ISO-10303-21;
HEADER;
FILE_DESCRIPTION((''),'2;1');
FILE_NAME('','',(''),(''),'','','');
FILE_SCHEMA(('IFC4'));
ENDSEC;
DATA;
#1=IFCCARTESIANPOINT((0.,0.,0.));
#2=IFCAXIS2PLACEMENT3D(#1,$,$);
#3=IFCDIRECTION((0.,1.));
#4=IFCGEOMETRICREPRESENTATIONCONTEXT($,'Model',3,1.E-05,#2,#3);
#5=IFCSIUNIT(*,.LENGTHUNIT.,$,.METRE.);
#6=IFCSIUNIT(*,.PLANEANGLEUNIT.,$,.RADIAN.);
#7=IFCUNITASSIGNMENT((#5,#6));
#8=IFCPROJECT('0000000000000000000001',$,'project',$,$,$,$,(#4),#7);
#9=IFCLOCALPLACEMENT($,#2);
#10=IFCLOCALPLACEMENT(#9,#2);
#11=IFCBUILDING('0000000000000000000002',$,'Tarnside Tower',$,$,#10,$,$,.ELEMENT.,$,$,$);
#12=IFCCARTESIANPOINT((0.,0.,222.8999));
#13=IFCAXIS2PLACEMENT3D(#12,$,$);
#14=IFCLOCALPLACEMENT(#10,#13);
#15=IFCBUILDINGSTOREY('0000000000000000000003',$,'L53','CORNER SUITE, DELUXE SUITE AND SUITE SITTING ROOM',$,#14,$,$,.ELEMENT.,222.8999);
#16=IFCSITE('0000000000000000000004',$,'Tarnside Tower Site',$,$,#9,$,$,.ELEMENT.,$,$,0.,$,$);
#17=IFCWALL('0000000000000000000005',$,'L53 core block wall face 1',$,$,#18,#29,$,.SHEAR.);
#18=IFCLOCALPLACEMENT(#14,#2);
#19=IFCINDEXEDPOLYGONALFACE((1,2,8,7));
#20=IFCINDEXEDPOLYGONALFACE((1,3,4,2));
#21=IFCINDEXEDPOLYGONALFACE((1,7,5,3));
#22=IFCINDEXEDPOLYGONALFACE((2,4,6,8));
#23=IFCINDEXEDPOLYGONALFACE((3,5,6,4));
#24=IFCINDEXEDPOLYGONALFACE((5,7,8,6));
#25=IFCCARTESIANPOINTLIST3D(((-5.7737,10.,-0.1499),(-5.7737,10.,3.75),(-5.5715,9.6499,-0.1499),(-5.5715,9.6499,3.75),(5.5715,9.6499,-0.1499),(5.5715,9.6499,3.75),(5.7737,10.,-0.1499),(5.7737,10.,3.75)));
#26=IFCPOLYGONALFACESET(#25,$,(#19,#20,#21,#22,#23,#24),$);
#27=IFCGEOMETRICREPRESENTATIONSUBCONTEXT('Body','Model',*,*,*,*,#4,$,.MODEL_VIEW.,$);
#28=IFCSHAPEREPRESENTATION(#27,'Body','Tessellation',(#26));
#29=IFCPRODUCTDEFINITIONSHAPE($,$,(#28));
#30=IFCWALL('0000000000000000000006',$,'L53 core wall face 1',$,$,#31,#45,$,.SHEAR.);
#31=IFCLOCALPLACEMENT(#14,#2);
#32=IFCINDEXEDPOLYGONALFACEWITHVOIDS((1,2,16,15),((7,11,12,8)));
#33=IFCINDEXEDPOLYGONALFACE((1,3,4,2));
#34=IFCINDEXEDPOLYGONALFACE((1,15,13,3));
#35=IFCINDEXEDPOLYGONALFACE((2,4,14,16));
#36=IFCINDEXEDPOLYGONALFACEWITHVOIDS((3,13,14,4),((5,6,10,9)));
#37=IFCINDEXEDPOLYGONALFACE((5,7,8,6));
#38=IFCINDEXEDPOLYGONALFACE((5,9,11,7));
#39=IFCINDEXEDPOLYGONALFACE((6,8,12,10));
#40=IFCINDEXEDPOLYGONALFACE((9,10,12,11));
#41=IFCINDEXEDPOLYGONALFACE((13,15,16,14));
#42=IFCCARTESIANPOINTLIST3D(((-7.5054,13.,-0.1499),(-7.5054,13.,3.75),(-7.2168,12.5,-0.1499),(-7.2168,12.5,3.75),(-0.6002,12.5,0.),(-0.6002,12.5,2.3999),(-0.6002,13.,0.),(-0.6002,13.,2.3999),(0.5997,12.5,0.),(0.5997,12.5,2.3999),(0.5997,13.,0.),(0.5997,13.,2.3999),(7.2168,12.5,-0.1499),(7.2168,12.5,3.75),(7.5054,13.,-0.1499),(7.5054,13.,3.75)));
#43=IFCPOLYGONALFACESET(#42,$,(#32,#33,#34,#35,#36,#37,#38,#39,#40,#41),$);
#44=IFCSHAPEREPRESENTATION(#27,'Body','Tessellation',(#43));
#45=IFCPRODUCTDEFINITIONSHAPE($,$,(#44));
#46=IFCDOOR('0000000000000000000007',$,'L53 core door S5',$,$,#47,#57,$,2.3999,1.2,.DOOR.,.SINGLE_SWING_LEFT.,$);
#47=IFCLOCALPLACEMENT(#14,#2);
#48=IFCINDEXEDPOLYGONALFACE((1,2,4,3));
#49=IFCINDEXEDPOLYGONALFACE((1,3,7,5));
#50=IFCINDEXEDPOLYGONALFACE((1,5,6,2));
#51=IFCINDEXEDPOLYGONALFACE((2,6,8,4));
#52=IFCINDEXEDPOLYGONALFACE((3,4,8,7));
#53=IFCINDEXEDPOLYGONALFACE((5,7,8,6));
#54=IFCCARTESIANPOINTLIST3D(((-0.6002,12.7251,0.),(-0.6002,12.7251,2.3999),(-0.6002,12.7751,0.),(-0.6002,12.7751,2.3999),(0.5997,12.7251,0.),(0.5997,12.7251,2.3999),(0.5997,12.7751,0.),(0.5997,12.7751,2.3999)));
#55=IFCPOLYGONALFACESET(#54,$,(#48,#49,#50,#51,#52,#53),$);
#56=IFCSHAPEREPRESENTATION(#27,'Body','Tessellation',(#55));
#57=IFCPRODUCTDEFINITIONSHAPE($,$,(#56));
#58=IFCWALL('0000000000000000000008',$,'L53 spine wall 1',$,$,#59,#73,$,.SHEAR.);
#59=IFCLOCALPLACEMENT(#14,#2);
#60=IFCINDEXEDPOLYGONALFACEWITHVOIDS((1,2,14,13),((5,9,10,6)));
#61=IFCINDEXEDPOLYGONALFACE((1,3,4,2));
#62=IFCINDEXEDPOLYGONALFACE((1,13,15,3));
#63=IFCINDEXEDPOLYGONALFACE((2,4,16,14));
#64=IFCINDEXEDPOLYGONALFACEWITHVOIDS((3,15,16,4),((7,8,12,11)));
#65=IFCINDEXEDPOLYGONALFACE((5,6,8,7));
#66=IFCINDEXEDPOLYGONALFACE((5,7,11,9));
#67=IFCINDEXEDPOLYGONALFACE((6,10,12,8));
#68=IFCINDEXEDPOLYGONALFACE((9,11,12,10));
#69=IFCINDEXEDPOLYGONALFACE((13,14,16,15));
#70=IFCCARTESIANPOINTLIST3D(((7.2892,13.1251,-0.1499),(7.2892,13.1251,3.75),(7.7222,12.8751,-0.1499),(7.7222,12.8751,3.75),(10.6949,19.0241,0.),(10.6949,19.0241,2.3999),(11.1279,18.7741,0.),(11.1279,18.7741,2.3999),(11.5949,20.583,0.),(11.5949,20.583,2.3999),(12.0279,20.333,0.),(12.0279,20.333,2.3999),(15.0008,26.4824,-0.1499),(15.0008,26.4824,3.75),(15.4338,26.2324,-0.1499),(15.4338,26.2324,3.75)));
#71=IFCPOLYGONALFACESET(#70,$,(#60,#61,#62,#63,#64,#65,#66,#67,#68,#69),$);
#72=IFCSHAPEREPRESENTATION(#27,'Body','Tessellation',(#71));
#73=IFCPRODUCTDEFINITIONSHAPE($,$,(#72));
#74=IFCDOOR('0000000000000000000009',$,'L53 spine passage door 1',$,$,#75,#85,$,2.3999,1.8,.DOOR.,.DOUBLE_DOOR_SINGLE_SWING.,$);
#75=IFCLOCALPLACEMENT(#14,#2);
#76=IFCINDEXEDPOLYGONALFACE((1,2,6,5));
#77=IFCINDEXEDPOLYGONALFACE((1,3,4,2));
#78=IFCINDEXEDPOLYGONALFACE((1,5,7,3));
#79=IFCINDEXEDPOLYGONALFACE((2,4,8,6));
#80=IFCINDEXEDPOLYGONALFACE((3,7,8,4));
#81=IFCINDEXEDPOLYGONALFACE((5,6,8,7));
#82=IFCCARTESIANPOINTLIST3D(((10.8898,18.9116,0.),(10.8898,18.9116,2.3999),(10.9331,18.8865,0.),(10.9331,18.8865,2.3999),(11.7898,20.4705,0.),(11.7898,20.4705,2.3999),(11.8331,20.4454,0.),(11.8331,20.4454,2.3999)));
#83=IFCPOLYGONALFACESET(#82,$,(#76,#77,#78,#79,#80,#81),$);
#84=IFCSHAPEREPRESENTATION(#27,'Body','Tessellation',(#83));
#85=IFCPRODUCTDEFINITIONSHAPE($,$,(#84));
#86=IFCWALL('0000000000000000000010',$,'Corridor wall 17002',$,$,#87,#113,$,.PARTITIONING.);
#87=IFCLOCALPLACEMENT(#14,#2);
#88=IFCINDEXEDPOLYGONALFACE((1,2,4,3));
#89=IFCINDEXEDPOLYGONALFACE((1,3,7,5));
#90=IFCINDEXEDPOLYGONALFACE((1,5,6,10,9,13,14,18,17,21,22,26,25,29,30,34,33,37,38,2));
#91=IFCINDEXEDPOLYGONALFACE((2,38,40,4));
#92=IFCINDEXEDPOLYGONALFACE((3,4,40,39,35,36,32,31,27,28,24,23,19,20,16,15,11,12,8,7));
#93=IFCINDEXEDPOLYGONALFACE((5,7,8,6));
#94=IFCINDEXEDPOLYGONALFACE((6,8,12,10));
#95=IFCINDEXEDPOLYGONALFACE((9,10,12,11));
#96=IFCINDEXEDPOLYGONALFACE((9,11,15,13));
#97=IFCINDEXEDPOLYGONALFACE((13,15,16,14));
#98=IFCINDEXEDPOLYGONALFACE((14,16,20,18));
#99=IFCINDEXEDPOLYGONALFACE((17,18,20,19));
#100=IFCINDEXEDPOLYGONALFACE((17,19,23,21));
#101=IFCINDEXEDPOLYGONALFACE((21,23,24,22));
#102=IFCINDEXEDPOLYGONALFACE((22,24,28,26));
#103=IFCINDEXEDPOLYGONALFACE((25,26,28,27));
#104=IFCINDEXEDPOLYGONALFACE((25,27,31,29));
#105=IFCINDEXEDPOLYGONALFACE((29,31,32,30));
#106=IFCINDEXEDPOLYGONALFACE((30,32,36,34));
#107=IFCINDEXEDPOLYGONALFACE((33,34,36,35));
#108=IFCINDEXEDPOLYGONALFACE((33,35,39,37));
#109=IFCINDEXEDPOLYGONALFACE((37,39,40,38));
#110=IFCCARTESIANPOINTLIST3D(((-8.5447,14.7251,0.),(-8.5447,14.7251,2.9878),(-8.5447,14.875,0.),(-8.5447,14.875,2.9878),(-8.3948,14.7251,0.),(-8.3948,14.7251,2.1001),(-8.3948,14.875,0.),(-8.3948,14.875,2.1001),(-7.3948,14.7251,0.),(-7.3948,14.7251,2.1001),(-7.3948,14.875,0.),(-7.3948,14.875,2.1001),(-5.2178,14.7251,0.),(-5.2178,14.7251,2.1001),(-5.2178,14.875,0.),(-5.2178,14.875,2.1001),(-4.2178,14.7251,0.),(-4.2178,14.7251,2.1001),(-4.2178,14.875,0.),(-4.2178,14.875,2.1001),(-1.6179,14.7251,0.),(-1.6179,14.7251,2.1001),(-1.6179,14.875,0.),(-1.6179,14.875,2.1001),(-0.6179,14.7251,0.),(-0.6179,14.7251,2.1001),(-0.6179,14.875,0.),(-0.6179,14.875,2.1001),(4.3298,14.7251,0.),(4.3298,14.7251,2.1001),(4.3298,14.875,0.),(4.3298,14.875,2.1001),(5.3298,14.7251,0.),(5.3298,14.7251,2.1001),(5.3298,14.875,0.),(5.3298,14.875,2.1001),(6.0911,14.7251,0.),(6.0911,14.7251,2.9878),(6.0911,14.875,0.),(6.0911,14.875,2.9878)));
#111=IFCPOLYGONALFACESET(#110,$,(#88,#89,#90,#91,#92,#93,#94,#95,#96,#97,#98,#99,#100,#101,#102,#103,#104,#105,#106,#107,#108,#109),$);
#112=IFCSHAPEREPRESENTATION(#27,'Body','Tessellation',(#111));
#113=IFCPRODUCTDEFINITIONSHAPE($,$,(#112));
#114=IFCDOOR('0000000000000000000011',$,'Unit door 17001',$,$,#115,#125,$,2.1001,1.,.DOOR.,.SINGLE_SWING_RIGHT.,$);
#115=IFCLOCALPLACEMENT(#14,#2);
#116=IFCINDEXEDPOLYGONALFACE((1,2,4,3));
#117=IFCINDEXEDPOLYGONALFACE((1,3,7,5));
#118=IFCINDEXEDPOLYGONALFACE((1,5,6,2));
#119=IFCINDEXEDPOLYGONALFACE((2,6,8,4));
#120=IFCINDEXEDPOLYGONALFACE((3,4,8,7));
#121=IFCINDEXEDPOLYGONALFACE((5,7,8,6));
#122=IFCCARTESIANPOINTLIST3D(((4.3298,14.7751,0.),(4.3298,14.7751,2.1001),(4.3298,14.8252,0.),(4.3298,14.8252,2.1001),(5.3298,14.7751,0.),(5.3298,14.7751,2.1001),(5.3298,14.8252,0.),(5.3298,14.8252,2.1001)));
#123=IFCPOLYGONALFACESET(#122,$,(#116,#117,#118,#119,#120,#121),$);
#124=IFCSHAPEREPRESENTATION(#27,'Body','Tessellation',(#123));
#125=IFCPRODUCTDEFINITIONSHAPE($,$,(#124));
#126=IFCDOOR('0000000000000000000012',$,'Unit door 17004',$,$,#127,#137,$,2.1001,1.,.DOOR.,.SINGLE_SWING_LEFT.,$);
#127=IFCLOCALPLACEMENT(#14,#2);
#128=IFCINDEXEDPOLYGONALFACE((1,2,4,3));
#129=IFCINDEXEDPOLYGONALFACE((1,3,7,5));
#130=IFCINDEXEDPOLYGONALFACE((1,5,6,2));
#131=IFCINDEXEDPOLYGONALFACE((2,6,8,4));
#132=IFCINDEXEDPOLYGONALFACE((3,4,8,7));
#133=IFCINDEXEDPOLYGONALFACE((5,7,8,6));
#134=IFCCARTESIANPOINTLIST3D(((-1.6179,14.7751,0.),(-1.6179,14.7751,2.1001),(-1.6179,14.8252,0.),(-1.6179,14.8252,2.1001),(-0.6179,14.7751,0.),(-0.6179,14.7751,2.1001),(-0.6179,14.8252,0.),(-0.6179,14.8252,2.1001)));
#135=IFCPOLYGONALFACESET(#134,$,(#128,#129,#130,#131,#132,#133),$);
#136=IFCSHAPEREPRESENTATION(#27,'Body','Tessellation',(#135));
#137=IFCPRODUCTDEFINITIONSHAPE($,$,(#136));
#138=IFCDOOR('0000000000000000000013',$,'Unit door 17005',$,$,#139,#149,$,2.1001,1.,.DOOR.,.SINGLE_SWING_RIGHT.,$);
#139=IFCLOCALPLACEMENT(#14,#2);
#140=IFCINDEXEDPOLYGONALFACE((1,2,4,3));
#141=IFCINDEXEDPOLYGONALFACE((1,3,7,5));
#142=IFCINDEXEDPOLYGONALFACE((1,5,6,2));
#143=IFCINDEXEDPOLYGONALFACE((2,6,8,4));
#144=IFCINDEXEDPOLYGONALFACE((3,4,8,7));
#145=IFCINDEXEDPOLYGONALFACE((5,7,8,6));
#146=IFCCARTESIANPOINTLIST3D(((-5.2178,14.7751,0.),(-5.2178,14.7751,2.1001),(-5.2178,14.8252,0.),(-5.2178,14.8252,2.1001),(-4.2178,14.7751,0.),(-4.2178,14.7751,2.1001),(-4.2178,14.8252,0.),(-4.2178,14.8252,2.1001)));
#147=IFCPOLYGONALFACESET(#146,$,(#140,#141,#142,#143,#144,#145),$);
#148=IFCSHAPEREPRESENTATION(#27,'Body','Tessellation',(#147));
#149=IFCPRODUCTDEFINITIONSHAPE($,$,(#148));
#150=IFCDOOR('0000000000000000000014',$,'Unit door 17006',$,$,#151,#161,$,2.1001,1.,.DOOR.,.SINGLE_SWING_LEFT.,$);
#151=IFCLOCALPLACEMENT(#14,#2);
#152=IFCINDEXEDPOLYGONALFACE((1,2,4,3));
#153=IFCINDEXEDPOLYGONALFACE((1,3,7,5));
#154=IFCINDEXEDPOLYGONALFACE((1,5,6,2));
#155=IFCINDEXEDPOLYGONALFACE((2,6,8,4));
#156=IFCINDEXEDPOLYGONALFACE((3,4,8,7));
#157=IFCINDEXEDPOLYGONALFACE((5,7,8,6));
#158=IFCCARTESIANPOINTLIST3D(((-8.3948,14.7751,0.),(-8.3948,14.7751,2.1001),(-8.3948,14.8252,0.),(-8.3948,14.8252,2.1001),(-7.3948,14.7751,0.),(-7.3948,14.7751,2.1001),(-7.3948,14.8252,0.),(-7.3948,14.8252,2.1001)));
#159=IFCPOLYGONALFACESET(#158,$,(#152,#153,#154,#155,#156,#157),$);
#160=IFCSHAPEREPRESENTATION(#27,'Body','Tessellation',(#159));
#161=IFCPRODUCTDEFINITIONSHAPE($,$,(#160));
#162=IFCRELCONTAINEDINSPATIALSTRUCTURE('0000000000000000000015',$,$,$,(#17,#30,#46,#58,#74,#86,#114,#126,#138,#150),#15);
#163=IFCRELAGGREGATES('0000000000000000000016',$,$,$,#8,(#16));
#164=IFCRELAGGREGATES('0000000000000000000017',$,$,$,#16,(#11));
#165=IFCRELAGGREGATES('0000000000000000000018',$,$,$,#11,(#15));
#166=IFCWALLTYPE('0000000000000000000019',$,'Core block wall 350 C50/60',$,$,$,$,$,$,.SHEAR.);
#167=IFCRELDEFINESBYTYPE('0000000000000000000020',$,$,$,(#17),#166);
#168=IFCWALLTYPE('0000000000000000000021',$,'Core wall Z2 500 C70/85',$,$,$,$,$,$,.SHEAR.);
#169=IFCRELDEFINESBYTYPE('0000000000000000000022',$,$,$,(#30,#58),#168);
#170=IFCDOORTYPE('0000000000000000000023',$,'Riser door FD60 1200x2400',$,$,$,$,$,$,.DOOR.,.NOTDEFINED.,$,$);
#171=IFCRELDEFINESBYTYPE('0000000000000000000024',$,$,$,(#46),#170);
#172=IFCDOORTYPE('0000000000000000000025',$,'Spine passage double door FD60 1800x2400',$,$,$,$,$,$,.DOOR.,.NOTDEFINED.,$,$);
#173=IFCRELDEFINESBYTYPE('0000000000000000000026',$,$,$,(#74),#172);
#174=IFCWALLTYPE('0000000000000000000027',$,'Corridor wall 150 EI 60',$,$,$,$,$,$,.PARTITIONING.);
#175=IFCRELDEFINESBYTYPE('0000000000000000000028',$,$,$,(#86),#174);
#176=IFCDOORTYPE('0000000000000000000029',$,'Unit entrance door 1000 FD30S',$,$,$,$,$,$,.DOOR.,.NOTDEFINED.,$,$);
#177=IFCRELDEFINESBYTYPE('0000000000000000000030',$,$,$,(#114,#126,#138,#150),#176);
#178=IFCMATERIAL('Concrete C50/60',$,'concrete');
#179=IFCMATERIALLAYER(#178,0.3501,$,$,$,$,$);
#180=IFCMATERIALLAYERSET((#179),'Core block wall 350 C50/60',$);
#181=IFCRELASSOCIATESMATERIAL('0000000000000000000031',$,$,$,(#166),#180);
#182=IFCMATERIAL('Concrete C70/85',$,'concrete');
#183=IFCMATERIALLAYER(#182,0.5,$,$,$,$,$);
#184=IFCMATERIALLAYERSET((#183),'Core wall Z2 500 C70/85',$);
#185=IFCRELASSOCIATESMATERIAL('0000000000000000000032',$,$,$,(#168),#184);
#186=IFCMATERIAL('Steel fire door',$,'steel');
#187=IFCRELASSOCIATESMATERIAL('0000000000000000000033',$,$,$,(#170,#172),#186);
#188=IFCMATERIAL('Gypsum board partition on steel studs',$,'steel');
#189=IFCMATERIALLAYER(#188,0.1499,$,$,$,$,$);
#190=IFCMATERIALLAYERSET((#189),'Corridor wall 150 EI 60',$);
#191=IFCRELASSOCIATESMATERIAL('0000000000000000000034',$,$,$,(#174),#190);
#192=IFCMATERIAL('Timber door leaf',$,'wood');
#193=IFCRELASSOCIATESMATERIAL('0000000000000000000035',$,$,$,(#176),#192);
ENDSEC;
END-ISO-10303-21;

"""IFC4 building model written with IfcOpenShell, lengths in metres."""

from ifc_helpers import new_model, si_unit, direction, frame, frame_2d, origin, place, context, subcontext, project, spatial, polyline, rectangle, outline, extrude, material, layer, layer_set, type_object, element, fill, save


model = new_model("IFC4")

# Units and contexts
model_context = context("Model", 3, precision=1e-05, world=origin(), true_north=direction((0.0, 1.0)))
body_context = subcontext(model_context, "Body", "Model", "MODEL_VIEW")
ifc_project = project(units=[si_unit("LENGTHUNIT", "METRE"), si_unit("PLANEANGLEUNIT", "RADIAN")], contexts=[model_context])

# Site, building, storey
site_placement = place(None, origin())
site = spatial("IfcSite", under=ifc_project, at=site_placement, Name="Tarnside Tower Site", CompositionType="ELEMENT", RefElevation=0.0)
building_placement = place(site_placement, origin())
building = spatial("IfcBuilding", under=site, at=building_placement, Name="Tarnside Tower", CompositionType="ELEMENT")
storey_placement = place(building_placement, frame((0.0, 0.0, 222.8999)))
storey = spatial("IfcBuildingStorey", under=building, at=storey_placement, Name="L53", Description="CORNER SUITE, DELUXE SUITE AND SUITE SITTING ROOM", CompositionType="ELEMENT", Elevation=222.8999)

# Wall
ifc_material_1 = material(Name="Concrete C50/60", Category="concrete")
ifc_layer_1 = layer(ifc_material_1, 0.3501)
ifc_layer_set_1 = layer_set([ifc_layer_1], Name="Core block wall 350 C50/60")
wall_type_1 = type_object("IfcWallType", Name="Core block wall 350 C50/60", PredefinedType="SHEAR", material=ifc_layer_set_1)
wall_1_placement = place(storey_placement, frame((5.6726, 9.825, -0.1499), z_axis=(0.0, 0.0, 1.0), x_axis=(-1.0, 0.0, 0.0)))
element("IfcWall", 1, at=wall_1_placement, inside=storey, type_object=wall_type_1, Name="L53 core block wall face 1", PredefinedType="SHEAR", context=body_context, shape_type="SweptSolid", body=[
    extrude(outline(polyline([(-0.1011, -0.175), (11.4463, -0.175), (11.2441, 0.175), (0.1011, 0.175), (-0.1011, -0.175)])), origin(), (0.0, 0.0, 1.0), 3.8999),
])

# Walls, openings, doors
ifc_material_2 = material(Name="Concrete C70/85", Category="concrete")
ifc_layer_2 = layer(ifc_material_2, 0.5)
ifc_layer_set_2 = layer_set([ifc_layer_2], Name="Core wall Z2 500 C70/85")
wall_type_2 = type_object("IfcWallType", Name="Core wall Z2 500 C70/85", PredefinedType="SHEAR", material=ifc_layer_set_2)
wall_2_placement = place(storey_placement, frame((7.3611, 12.75, -0.1499), z_axis=(0.0, 0.0, 1.0), x_axis=(-1.0, 0.0, 0.0)))
wall_2 = element("IfcWall", 2, at=wall_2_placement, inside=storey, type_object=wall_type_2, Name="L53 core wall face 1", PredefinedType="SHEAR", context=body_context, shape_type="SweptSolid", body=[
    extrude(outline(polyline([(-0.1443, -0.25), (14.8665, -0.25), (14.5779, 0.25), (0.1443, 0.25), (-0.1443, -0.25)])), origin(), (0.0, 0.0, 1.0), 3.8999),
])
opening_1_placement = place(wall_2_placement, frame((6.7612, 0.0, 0.1499)))
opening_1 = element("IfcOpeningElement", 3, at=opening_1_placement, cuts=wall_2, PredefinedType="OPENING", context=body_context, shape_type="SweptSolid", body=[
    extrude(rectangle(XDim=1.2, YDim=2.3999, at=frame_2d((0.6001, 1.2))), frame((0.0, 0.26, 0.0), z_axis=(0.0, -1.0, 0.0), x_axis=(1.0, 0.0, 0.0)), (0.0, 0.0, 1.0), 0.52),
])
ifc_material_3 = material(Name="Steel fire door", Category="steel")
door_type_1 = type_object("IfcDoorType", Name="Riser door FD60 1200x2400", OperationType="NOTDEFINED", PredefinedType="DOOR", material=ifc_material_3)
door_1_placement = place(opening_1_placement, origin())
door_1 = element("IfcDoor", 4, at=door_1_placement, inside=storey, type_object=door_type_1, Name="L53 core door S5", OperationType="SINGLE_SWING_LEFT", OverallHeight=2.3999, OverallWidth=1.2, PredefinedType="DOOR", context=body_context, shape_type="SweptSolid", body=[
    extrude(rectangle(XDim=1.2, YDim=2.3999, at=frame_2d((0.6001, 1.2))), frame((0.0, 0.0249, 0.0), z_axis=(0.0, -1.0, 0.0), x_axis=(1.0, 0.0, 0.0)), (0.0, 0.0, 1.0), 0.05),
])
fill(opening_1, door_1)
wall_3_placement = place(storey_placement, frame((7.5056, 13.0, -0.1499), z_axis=(0.0, 0.0, 1.0), x_axis=(0.499988, 0.866032, 0.0)))
wall_3 = element("IfcWall", 5, at=wall_3_placement, inside=storey, type_object=wall_type_2, Name="L53 spine wall 1", PredefinedType="SHEAR", context=body_context, shape_type="SweptSolid", body=[
    extrude(rectangle(XDim=15.4236, YDim=0.5, at=frame_2d((7.7119, 0.0))), origin(), (0.0, 0.0, 1.0), 3.8999),
])
opening_2_placement = place(wall_3_placement, frame((6.8118, 0.0, 0.1499)))
opening_2 = element("IfcOpeningElement", 6, at=opening_2_placement, cuts=wall_3, PredefinedType="OPENING", context=body_context, shape_type="SweptSolid", body=[
    extrude(rectangle(XDim=1.8, YDim=2.3999, at=frame_2d((0.8999, 1.2))), frame((0.0, 0.26, 0.0), z_axis=(0.0, -1.0, 0.0), x_axis=(1.0, 0.0, 0.0)), (0.0, 0.0, 1.0), 0.52),
])
door_type_2 = type_object("IfcDoorType", Name="Spine passage double door FD60 1800x2400", OperationType="NOTDEFINED", PredefinedType="DOOR", material=ifc_material_3)
door_2_placement = place(opening_2_placement, origin())
door_2 = element("IfcDoor", 7, at=door_2_placement, inside=storey, type_object=door_type_2, Name="L53 spine passage door 1", OperationType="DOUBLE_DOOR_SINGLE_SWING", OverallHeight=2.3999, OverallWidth=1.8, PredefinedType="DOOR", context=body_context, shape_type="SweptSolid", body=[
    extrude(rectangle(XDim=1.8, YDim=2.3999, at=frame_2d((0.8999, 1.2))), frame((0.0, 0.0249, 0.0), z_axis=(0.0, -1.0, 0.0), x_axis=(1.0, 0.0, 0.0)), (0.0, 0.0, 1.0), 0.05),
])
fill(opening_2, door_2)

# Wall, openings, doors
ifc_material_4 = material(Name="Gypsum board partition on steel studs", Category="steel")
ifc_layer_3 = layer(ifc_material_4, 0.1499)
ifc_layer_set_3 = layer_set([ifc_layer_3], Name="Corridor wall 150 EI 60")
wall_type_3 = type_object("IfcWallType", Name="Corridor wall 150 EI 60", PredefinedType="PARTITIONING", material=ifc_layer_set_3)
wall_4_placement = place(storey_placement, frame((6.0911, 14.8, 0.0), z_axis=(0.0, 0.0, 1.0), x_axis=(-1.0, 0.0, 0.0)))
wall_4 = element("IfcWall", 8, at=wall_4_placement, inside=storey, type_object=wall_type_3, Name="Corridor wall 17002", PredefinedType="PARTITIONING", context=body_context, shape_type="SweptSolid", body=[
    extrude(rectangle(XDim=14.6357, YDim=0.1499, at=frame_2d((7.3179, 0.0))), origin(), (0.0, 0.0, 1.0), 2.9878),
])
opening_3_placement = place(wall_4_placement, frame((0.7612, 0.0, 0.0)))
opening_3 = element("IfcOpeningElement", 9, at=opening_3_placement, cuts=wall_4, PredefinedType="OPENING", context=body_context, shape_type="SweptSolid", body=[
    extrude(rectangle(XDim=1.0, YDim=2.1001, at=frame_2d((0.5, 1.05))), frame((0.0, 0.085, 0.0), z_axis=(0.0, -1.0, 0.0), x_axis=(1.0, 0.0, 0.0)), (0.0, 0.0, 1.0), 0.1699),
])
opening_4_placement = place(wall_4_placement, frame((6.709, 0.0, 0.0)))
opening_4 = element("IfcOpeningElement", 10, at=opening_4_placement, cuts=wall_4, PredefinedType="OPENING", context=body_context, shape_type="SweptSolid", body=[
    extrude(rectangle(XDim=1.0, YDim=2.1001, at=frame_2d((0.5, 1.05))), frame((0.0, 0.085, 0.0), z_axis=(0.0, -1.0, 0.0), x_axis=(1.0, 0.0, 0.0)), (0.0, 0.0, 1.0), 0.1699),
])
opening_5_placement = place(wall_4_placement, frame((10.3088, 0.0, 0.0)))
opening_5 = element("IfcOpeningElement", 11, at=opening_5_placement, cuts=wall_4, PredefinedType="OPENING", context=body_context, shape_type="SweptSolid", body=[
    extrude(rectangle(XDim=1.0, YDim=2.1001, at=frame_2d((0.5, 1.05))), frame((0.0, 0.085, 0.0), z_axis=(0.0, -1.0, 0.0), x_axis=(1.0, 0.0, 0.0)), (0.0, 0.0, 1.0), 0.1699),
])
opening_6_placement = place(wall_4_placement, frame((13.4858, 0.0, 0.0)))
opening_6 = element("IfcOpeningElement", 12, at=opening_6_placement, cuts=wall_4, PredefinedType="OPENING", context=body_context, shape_type="SweptSolid", body=[
    extrude(rectangle(XDim=1.0, YDim=2.1001, at=frame_2d((0.5, 1.05))), frame((0.0, 0.085, 0.0), z_axis=(0.0, -1.0, 0.0), x_axis=(1.0, 0.0, 0.0)), (0.0, 0.0, 1.0), 0.1699),
])
ifc_material_5 = material(Name="Timber door leaf", Category="wood")
door_type_3 = type_object("IfcDoorType", Name="Unit entrance door 1000 FD30S", OperationType="NOTDEFINED", PredefinedType="DOOR", material=ifc_material_5)
door_3_placement = place(opening_3_placement, origin())
door_3 = element("IfcDoor", 13, at=door_3_placement, inside=storey, type_object=door_type_3, Name="Unit door 17001", OperationType="SINGLE_SWING_RIGHT", OverallHeight=2.1001, OverallWidth=1.0, PredefinedType="DOOR", context=body_context, shape_type="SweptSolid", body=[
    extrude(rectangle(XDim=1.0, YDim=2.1001, at=frame_2d((0.5, 1.05))), frame((0.0, 0.0249, 0.0), z_axis=(0.0, -1.0, 0.0), x_axis=(1.0, 0.0, 0.0)), (0.0, 0.0, 1.0), 0.05),
])
fill(opening_3, door_3)
door_4_placement = place(opening_4_placement, origin())
door_4 = element("IfcDoor", 14, at=door_4_placement, inside=storey, type_object=door_type_3, Name="Unit door 17004", OperationType="SINGLE_SWING_LEFT", OverallHeight=2.1001, OverallWidth=1.0, PredefinedType="DOOR", context=body_context, shape_type="SweptSolid", body=[
    extrude(rectangle(XDim=1.0, YDim=2.1001, at=frame_2d((0.5, 1.05))), frame((0.0, 0.0249, 0.0), z_axis=(0.0, -1.0, 0.0), x_axis=(1.0, 0.0, 0.0)), (0.0, 0.0, 1.0), 0.05),
])
fill(opening_4, door_4)
door_5_placement = place(opening_5_placement, origin())
door_5 = element("IfcDoor", 15, at=door_5_placement, inside=storey, type_object=door_type_3, Name="Unit door 17005", OperationType="SINGLE_SWING_RIGHT", OverallHeight=2.1001, OverallWidth=1.0, PredefinedType="DOOR", context=body_context, shape_type="SweptSolid", body=[
    extrude(rectangle(XDim=1.0, YDim=2.1001, at=frame_2d((0.5, 1.05))), frame((0.0, 0.0249, 0.0), z_axis=(0.0, -1.0, 0.0), x_axis=(1.0, 0.0, 0.0)), (0.0, 0.0, 1.0), 0.05),
])
fill(opening_5, door_5)
door_6_placement = place(opening_6_placement, origin())
door_6 = element("IfcDoor", 16, at=door_6_placement, inside=storey, type_object=door_type_3, Name="Unit door 17006", OperationType="SINGLE_SWING_LEFT", OverallHeight=2.1001, OverallWidth=1.0, PredefinedType="DOOR", context=body_context, shape_type="SweptSolid", body=[
    extrude(rectangle(XDim=1.0, YDim=2.1001, at=frame_2d((0.5, 1.05))), frame((0.0, 0.0249, 0.0), z_axis=(0.0, -1.0, 0.0), x_axis=(1.0, 0.0, 0.0)), (0.0, 0.0, 1.0), 0.05),
])
fill(opening_6, door_6)

save(model, "model.ifc")
